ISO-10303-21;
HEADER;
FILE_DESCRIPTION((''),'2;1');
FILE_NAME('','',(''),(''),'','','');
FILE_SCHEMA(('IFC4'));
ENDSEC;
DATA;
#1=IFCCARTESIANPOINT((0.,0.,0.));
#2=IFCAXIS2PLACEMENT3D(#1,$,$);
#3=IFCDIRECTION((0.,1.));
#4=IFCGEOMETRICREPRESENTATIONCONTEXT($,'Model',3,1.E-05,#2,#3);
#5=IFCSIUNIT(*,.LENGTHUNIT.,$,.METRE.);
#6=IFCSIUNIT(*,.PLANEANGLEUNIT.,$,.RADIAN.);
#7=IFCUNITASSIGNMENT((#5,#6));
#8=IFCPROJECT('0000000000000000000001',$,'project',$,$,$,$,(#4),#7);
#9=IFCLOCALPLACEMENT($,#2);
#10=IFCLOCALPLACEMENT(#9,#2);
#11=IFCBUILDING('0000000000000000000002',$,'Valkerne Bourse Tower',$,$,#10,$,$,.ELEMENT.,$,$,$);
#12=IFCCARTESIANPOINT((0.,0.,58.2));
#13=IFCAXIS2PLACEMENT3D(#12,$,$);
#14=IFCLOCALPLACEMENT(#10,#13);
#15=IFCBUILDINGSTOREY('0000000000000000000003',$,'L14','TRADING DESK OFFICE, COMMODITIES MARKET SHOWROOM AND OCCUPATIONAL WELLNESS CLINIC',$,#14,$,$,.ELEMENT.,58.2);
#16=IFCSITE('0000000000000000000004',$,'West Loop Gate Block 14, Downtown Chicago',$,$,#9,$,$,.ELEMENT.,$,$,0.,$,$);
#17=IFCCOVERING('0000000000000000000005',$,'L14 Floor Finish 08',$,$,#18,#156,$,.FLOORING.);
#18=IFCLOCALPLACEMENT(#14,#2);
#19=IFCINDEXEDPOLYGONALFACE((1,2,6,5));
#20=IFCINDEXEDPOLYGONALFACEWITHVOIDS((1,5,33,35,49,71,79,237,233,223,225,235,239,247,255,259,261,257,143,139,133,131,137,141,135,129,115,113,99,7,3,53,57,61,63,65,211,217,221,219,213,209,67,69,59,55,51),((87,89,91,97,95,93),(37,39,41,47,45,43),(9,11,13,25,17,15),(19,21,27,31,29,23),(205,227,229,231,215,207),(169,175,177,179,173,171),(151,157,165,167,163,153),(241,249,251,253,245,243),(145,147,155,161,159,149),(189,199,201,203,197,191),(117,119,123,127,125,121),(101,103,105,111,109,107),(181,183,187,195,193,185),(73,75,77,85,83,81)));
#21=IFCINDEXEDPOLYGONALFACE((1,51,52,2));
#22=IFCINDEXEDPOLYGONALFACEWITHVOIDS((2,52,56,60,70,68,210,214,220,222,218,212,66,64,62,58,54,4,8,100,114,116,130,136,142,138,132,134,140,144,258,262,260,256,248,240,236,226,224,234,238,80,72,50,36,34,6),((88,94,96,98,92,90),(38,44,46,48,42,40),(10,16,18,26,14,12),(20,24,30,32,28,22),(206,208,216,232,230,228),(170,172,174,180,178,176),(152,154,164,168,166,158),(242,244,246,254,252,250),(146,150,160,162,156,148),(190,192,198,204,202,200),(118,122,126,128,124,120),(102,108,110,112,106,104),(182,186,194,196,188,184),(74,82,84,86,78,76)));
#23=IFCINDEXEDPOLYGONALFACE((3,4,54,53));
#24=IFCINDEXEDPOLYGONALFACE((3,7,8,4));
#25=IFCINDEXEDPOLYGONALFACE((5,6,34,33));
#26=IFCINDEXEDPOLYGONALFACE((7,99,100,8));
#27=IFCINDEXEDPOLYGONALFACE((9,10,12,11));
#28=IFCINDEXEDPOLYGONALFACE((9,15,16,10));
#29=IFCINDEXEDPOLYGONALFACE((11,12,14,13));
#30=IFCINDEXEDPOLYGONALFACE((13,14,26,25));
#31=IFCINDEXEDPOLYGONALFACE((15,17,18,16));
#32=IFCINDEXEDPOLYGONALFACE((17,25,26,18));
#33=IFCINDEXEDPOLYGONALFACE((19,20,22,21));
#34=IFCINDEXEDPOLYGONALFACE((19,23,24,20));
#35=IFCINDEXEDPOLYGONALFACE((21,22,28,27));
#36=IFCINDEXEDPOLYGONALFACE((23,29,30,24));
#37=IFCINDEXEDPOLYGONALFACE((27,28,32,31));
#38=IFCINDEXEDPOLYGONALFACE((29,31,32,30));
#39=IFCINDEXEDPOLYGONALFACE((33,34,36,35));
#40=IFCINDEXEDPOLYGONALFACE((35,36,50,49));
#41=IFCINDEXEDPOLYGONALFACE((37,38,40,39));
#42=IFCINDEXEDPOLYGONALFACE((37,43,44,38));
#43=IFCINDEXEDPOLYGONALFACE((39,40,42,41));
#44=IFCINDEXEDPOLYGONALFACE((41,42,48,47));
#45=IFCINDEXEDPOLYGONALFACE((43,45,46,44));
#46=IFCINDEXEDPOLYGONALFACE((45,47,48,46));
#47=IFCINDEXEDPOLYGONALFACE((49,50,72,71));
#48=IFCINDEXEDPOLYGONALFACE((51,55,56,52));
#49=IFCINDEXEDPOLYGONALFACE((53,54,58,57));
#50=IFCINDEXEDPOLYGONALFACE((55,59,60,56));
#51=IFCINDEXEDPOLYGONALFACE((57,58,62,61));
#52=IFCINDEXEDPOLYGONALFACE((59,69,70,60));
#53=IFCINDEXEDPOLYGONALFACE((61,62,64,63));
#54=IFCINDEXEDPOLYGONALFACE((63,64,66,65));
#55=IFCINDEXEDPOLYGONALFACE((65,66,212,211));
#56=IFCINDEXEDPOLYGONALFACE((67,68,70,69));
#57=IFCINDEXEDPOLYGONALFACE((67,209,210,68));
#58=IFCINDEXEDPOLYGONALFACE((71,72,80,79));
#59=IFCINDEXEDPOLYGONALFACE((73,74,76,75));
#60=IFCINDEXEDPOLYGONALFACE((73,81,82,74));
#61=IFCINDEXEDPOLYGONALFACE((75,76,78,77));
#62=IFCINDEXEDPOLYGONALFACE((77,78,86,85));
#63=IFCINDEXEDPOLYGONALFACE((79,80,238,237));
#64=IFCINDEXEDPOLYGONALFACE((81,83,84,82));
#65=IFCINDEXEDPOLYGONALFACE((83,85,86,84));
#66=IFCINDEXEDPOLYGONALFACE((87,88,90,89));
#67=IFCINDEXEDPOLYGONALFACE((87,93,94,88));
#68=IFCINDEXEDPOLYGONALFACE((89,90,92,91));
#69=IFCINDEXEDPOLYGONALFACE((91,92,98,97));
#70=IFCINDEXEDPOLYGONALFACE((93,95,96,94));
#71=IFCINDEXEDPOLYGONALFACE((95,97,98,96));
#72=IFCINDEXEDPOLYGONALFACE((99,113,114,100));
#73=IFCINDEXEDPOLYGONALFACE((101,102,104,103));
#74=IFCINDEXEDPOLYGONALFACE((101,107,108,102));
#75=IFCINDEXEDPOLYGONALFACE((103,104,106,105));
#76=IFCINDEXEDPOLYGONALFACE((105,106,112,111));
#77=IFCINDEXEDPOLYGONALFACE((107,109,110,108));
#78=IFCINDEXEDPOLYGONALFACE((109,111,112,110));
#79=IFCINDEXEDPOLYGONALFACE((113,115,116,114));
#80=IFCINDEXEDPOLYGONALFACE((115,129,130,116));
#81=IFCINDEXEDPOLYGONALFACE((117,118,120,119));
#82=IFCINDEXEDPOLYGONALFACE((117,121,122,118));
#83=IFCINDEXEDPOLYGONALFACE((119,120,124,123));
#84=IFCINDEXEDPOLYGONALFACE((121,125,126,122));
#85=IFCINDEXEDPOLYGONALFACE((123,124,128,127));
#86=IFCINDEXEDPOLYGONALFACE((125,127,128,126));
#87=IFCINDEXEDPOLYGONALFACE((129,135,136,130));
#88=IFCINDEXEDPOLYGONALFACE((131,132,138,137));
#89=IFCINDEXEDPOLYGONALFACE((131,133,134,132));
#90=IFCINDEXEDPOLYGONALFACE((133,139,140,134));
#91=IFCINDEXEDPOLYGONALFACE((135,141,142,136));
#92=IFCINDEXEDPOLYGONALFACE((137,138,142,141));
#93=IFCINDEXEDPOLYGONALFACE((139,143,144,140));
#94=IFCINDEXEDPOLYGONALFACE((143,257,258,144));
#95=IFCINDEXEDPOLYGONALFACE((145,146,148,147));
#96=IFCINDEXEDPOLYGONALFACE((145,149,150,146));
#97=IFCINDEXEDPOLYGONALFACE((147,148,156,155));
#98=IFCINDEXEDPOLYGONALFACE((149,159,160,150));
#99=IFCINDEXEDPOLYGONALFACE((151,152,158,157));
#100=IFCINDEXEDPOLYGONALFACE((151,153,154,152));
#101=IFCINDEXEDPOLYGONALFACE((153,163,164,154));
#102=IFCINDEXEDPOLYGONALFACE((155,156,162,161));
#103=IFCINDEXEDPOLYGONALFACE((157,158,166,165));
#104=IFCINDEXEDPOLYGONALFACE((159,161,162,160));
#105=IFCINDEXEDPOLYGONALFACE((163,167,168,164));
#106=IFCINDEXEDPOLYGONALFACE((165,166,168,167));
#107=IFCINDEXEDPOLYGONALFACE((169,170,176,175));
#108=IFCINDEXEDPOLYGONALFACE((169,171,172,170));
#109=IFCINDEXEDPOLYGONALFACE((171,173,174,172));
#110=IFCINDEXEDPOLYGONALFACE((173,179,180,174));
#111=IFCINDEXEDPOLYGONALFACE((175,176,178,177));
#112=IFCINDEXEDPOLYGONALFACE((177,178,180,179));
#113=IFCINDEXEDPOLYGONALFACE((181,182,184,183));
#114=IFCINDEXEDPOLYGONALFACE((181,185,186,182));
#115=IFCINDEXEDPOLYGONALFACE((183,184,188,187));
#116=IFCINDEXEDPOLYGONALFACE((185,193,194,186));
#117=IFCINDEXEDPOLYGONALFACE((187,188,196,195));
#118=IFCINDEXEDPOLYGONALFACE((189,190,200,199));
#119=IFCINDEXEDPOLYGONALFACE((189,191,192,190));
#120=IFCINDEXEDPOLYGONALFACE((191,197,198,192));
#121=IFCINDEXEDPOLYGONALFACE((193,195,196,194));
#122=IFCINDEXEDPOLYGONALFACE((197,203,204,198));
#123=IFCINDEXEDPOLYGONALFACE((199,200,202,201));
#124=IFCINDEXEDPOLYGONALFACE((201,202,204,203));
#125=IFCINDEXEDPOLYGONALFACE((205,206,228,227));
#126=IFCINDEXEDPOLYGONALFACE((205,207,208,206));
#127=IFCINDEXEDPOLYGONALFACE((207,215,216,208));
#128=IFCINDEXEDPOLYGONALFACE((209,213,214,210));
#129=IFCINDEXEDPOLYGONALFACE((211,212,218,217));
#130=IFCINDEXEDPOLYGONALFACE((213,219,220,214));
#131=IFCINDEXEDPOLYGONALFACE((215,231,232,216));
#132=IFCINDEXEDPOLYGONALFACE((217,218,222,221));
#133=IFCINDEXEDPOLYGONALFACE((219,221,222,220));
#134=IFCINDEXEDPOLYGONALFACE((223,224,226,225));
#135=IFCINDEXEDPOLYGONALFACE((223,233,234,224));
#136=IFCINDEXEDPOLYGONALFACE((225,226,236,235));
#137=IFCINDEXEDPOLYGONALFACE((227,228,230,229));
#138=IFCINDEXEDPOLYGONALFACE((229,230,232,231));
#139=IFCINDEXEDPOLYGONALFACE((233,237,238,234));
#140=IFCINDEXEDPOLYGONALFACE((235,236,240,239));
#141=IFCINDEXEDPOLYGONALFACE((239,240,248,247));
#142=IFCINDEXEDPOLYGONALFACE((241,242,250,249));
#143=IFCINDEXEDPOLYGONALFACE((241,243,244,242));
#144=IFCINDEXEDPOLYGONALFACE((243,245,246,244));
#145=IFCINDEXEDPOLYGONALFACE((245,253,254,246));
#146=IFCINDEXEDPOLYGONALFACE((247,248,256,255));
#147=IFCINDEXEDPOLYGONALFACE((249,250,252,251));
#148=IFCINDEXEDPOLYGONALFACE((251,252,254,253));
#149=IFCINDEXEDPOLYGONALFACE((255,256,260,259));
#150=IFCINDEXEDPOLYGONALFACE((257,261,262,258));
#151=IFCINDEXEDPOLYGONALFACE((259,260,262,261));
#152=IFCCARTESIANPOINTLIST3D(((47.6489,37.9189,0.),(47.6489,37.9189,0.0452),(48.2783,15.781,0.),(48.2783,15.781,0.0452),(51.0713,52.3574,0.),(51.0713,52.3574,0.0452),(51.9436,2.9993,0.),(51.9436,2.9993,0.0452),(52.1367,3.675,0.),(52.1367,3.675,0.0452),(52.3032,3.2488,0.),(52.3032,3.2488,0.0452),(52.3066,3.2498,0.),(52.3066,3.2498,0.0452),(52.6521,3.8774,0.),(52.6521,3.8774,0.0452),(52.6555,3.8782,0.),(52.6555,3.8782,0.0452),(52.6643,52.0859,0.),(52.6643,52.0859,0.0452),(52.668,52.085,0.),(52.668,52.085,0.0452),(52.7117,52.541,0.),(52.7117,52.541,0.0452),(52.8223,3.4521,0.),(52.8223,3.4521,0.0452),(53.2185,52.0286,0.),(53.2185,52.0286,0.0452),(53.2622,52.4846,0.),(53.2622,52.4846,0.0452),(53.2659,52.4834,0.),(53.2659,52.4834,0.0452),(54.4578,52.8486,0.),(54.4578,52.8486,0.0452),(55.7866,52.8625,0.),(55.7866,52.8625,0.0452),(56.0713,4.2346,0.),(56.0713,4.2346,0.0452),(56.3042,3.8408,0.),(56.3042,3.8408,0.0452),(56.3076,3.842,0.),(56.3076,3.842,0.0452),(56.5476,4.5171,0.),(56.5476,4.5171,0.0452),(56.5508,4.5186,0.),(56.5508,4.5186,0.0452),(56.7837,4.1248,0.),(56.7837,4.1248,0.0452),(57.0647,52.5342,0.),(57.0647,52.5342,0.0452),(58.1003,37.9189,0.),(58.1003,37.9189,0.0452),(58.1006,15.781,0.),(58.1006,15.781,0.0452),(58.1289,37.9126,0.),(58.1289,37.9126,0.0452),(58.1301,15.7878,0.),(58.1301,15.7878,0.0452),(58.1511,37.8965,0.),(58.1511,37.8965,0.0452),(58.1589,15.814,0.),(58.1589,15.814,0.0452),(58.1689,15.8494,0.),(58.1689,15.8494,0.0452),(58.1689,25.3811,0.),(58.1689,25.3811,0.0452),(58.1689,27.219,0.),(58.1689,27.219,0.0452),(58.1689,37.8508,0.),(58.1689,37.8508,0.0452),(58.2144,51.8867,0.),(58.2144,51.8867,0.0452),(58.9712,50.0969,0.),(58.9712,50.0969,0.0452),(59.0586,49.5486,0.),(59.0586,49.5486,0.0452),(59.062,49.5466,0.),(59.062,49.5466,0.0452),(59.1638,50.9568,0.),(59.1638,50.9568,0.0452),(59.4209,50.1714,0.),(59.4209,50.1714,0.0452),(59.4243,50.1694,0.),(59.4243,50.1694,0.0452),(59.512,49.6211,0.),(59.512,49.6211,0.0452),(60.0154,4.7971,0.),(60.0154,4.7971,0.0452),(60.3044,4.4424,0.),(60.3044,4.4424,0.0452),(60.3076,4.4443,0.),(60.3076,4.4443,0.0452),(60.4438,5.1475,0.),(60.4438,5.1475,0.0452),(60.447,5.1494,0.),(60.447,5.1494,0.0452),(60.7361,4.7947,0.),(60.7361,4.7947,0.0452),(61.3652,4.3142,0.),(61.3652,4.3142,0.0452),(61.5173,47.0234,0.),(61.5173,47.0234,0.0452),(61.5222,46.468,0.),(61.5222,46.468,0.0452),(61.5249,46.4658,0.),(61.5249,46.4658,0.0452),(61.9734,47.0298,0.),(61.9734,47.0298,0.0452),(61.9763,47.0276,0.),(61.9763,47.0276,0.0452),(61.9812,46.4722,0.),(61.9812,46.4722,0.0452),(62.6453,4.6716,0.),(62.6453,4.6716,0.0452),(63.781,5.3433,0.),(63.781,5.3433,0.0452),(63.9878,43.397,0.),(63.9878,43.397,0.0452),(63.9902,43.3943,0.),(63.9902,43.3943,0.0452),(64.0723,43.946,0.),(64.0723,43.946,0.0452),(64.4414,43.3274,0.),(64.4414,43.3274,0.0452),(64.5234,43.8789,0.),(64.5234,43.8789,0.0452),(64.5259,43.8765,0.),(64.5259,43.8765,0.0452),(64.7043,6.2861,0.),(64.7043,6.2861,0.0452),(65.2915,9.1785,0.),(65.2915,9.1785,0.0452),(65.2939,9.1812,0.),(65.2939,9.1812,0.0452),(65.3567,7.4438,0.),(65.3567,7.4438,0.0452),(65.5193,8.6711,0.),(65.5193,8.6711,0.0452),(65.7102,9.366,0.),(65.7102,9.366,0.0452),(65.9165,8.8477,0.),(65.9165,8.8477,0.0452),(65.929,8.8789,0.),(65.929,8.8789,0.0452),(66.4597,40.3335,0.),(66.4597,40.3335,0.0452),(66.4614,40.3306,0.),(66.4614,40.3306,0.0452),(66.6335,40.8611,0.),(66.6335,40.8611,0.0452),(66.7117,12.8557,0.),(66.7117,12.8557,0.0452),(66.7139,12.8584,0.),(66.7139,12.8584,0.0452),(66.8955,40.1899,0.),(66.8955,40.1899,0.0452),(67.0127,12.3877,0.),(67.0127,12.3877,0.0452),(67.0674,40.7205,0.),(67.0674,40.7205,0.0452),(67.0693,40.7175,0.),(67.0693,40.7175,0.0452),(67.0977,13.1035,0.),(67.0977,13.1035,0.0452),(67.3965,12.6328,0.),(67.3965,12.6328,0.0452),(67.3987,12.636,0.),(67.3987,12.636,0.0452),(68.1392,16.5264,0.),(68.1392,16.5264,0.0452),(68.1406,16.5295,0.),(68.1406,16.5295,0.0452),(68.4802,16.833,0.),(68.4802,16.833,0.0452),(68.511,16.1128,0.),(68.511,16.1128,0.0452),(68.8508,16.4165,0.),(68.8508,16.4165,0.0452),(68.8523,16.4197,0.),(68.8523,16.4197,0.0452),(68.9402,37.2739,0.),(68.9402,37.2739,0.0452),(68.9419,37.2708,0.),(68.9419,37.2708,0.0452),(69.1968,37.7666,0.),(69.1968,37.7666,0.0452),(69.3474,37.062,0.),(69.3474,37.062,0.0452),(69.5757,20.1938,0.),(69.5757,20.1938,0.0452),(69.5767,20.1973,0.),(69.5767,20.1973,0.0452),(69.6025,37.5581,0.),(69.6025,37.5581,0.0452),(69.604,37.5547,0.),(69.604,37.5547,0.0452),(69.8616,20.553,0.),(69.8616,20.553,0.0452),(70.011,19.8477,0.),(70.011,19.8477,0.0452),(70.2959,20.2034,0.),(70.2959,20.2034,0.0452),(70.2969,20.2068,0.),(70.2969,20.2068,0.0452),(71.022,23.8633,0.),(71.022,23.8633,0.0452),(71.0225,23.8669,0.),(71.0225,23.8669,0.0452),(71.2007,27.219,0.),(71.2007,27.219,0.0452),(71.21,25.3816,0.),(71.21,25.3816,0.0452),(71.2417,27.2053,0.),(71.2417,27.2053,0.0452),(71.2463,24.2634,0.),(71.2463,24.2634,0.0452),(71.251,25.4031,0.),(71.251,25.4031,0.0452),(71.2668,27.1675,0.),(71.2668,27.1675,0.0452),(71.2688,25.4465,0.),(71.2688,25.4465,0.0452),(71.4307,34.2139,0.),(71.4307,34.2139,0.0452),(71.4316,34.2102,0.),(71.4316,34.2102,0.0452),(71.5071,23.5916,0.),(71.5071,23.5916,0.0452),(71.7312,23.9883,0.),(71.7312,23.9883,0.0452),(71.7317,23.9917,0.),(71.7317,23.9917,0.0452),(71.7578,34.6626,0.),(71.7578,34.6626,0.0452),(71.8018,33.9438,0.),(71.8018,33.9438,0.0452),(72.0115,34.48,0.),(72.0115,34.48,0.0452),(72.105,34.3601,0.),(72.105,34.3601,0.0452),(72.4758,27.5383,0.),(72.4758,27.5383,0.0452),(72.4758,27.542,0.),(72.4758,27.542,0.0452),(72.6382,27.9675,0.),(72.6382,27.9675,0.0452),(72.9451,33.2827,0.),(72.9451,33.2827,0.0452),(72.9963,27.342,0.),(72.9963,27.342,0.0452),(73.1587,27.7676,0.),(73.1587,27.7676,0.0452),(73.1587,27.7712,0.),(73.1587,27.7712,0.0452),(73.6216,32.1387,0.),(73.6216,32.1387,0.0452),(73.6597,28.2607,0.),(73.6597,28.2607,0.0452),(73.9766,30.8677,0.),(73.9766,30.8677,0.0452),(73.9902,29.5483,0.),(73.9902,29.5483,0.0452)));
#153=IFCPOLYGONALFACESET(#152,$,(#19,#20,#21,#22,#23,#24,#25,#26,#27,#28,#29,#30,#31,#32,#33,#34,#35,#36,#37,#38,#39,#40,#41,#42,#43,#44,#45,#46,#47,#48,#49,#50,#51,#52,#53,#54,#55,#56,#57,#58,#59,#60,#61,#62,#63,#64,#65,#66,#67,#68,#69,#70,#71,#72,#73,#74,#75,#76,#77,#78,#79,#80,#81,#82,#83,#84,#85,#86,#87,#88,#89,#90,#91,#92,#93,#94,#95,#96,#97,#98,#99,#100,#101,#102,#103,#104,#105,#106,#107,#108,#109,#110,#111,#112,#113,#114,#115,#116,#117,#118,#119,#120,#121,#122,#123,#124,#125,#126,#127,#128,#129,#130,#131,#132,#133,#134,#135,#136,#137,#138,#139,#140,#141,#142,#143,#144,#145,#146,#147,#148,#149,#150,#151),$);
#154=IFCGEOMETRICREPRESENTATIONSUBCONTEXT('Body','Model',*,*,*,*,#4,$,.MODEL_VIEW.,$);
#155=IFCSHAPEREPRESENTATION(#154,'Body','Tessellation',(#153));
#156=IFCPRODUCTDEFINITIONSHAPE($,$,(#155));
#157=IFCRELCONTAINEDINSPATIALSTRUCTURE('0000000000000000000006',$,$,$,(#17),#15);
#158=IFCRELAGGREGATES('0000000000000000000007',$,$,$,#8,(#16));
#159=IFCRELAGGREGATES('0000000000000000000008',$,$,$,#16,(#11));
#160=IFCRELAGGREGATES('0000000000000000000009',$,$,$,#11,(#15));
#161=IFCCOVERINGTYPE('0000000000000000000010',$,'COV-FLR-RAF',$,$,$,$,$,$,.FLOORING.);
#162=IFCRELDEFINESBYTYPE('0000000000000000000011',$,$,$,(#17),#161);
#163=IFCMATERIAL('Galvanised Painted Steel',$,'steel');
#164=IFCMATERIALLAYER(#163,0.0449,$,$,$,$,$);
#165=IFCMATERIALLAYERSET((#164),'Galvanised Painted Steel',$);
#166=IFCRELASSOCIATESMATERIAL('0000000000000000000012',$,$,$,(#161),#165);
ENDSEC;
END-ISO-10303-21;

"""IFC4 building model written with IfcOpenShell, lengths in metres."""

from ifc_helpers import new_model, si_unit, direction, frame, origin, place, context, subcontext, project, spatial, polyline, outline, extrude, material, layer, layer_set, type_object, element, save


model = new_model("IFC4")

# Units and contexts
model_context = context("Model", 3, precision=1e-05, world=origin(), true_north=direction((0.0, 1.0)))
body_context = subcontext(model_context, "Body", "Model", "MODEL_VIEW")
ifc_project = project(units=[si_unit("LENGTHUNIT", "METRE"), si_unit("PLANEANGLEUNIT", "RADIAN")], contexts=[model_context])

# Site, building, storey
site_placement = place(None, origin())
site = spatial("IfcSite", under=ifc_project, at=site_placement, Name="West Loop Gate Block 14, Downtown Chicago", CompositionType="ELEMENT", RefElevation=0.0)
building_placement = place(site_placement, origin())
building = spatial("IfcBuilding", under=site, at=building_placement, Name="Valkerne Bourse Tower", CompositionType="ELEMENT")
storey_placement = place(building_placement, frame((0.0, 0.0, 58.2)))
storey = spatial("IfcBuildingStorey", under=building, at=storey_placement, Name="L14", Description="TRADING DESK OFFICE, COMMODITIES MARKET SHOWROOM AND OCCUPATIONAL WELLNESS CLINIC", CompositionType="ELEMENT", Elevation=58.2)

# Covering
ifc_material_1 = material(Name="Galvanised Painted Steel", Category="steel")
ifc_layer_1 = layer(ifc_material_1, 0.0449)
ifc_layer_set_1 = layer_set([ifc_layer_1], Name="Galvanised Painted Steel")
covering_type_1 = type_object("IfcCoveringType", Name="COV-FLR-RAF", PredefinedType="FLOORING", material=ifc_layer_set_1)
covering_1_placement = place(storey_placement, origin())
element("IfcCovering", 1, at=covering_1_placement, inside=storey, type_object=covering_type_1, Name="L14 Floor Finish 08", PredefinedType="FLOORING", context=body_context, shape_type="SweptSolid", body=[
    extrude(outline(polyline([(62.6453, 4.6716), (61.3652, 4.3142), (51.9436, 2.9993), (48.2783, 15.781), (58.1006, 15.781), (58.1301, 15.7878), (58.1589, 15.814), (58.1689, 15.8494), (58.1689, 25.3811), (71.21, 25.3816), (71.251, 25.4031), (71.2688, 25.4465), (71.2668, 27.1675), (71.2417, 27.2053), (71.2007, 27.219), (58.1689, 27.219), (58.1689, 37.8508), (58.1511, 37.8965), (58.1289, 37.9126), (58.1003, 37.9189), (47.6489, 37.9189), (51.0713, 52.3574), (54.4578, 52.8486), (55.7866, 52.8625), (57.0647, 52.5342), (58.2144, 51.8867), (59.1638, 50.9568), (72.0115, 34.48), (71.7578, 34.6626), (71.4307, 34.2139), (71.4316, 34.2102), (71.8018, 33.9438), (72.105, 34.3601), (72.9451, 33.2827), (73.6216, 32.1387), (73.9766, 30.8677), (73.9902, 29.5483), (73.6597, 28.2607), (65.929, 8.8789), (65.7102, 9.366), (65.2939, 9.1812), (65.2915, 9.1785), (65.5193, 8.6711), (65.9165, 8.8477), (65.3567, 7.4438), (64.7043, 6.2861), (63.781, 5.3433), (62.6453, 4.6716)]), holes=[polyline([(52.3066, 3.2498), (52.8223, 3.4521), (52.6555, 3.8782), (52.6521, 3.8774), (52.1367, 3.675), (52.3032, 3.2488), (52.3066, 3.2498)]), polyline([(53.2659, 52.4834), (53.2622, 52.4846), (52.7117, 52.541), (52.6643, 52.0859), (52.668, 52.085), (53.2185, 52.0286), (53.2659, 52.4834)]), polyline([(56.7837, 4.1248), (56.5508, 4.5186), (56.5476, 4.5171), (56.0713, 4.2346), (56.3042, 3.8408), (56.3076, 3.842), (56.7837, 4.1248)]), polyline([(60.3076, 4.4443), (60.7361, 4.7947), (60.447, 5.1494), (60.4438, 5.1475), (60.0154, 4.7971), (60.3044, 4.4424), (60.3076, 4.4443)]), polyline([(67.3987, 12.636), (67.0977, 13.1035), (66.7139, 12.8584), (66.7117, 12.8557), (67.0127, 12.3877), (67.3965, 12.6328), (67.3987, 12.636)]), polyline([(68.8508, 16.4165), (68.8523, 16.4197), (68.4802, 16.833), (68.1406, 16.5295), (68.1392, 16.5264), (68.511, 16.1128), (68.8508, 16.4165)]), polyline([(70.2959, 20.2034), (70.2969, 20.2068), (69.8616, 20.553), (69.5767, 20.1973), (69.5757, 20.1938), (70.011, 19.8477), (70.2959, 20.2034)]), polyline([(71.7317, 23.9917), (71.2463, 24.2634), (71.0225, 23.8669), (71.022, 23.8633), (71.5071, 23.5916), (71.7312, 23.9883), (71.7317, 23.9917)]), polyline([(73.1587, 27.7676), (73.1587, 27.7712), (72.6382, 27.9675), (72.4758, 27.542), (72.4758, 27.5383), (72.9963, 27.342), (73.1587, 27.7676)]), polyline([(69.6025, 37.5581), (69.1968, 37.7666), (68.9402, 37.2739), (68.9419, 37.2708), (69.3474, 37.062), (69.604, 37.5547), (69.6025, 37.5581)]), polyline([(67.0693, 40.7175), (67.0674, 40.7205), (66.6335, 40.8611), (66.4597, 40.3335), (66.4614, 40.3306), (66.8955, 40.1899), (67.0693, 40.7175)]), polyline([(64.5259, 43.8765), (64.5234, 43.8789), (64.0723, 43.946), (63.9878, 43.397), (63.9902, 43.3943), (64.4414, 43.3274), (64.5259, 43.8765)]), polyline([(61.9763, 47.0276), (61.9734, 47.0298), (61.5173, 47.0234), (61.5222, 46.468), (61.5249, 46.4658), (61.9812, 46.4722), (61.9763, 47.0276)]), polyline([(59.512, 49.6211), (59.4243, 50.1694), (59.4209, 50.1714), (58.9712, 50.0969), (59.0586, 49.5486), (59.062, 49.5466), (59.512, 49.6211)])]), origin(), (0.0, 0.0, 1.0), 0.0452),
])

save(model, "model.ifc")
